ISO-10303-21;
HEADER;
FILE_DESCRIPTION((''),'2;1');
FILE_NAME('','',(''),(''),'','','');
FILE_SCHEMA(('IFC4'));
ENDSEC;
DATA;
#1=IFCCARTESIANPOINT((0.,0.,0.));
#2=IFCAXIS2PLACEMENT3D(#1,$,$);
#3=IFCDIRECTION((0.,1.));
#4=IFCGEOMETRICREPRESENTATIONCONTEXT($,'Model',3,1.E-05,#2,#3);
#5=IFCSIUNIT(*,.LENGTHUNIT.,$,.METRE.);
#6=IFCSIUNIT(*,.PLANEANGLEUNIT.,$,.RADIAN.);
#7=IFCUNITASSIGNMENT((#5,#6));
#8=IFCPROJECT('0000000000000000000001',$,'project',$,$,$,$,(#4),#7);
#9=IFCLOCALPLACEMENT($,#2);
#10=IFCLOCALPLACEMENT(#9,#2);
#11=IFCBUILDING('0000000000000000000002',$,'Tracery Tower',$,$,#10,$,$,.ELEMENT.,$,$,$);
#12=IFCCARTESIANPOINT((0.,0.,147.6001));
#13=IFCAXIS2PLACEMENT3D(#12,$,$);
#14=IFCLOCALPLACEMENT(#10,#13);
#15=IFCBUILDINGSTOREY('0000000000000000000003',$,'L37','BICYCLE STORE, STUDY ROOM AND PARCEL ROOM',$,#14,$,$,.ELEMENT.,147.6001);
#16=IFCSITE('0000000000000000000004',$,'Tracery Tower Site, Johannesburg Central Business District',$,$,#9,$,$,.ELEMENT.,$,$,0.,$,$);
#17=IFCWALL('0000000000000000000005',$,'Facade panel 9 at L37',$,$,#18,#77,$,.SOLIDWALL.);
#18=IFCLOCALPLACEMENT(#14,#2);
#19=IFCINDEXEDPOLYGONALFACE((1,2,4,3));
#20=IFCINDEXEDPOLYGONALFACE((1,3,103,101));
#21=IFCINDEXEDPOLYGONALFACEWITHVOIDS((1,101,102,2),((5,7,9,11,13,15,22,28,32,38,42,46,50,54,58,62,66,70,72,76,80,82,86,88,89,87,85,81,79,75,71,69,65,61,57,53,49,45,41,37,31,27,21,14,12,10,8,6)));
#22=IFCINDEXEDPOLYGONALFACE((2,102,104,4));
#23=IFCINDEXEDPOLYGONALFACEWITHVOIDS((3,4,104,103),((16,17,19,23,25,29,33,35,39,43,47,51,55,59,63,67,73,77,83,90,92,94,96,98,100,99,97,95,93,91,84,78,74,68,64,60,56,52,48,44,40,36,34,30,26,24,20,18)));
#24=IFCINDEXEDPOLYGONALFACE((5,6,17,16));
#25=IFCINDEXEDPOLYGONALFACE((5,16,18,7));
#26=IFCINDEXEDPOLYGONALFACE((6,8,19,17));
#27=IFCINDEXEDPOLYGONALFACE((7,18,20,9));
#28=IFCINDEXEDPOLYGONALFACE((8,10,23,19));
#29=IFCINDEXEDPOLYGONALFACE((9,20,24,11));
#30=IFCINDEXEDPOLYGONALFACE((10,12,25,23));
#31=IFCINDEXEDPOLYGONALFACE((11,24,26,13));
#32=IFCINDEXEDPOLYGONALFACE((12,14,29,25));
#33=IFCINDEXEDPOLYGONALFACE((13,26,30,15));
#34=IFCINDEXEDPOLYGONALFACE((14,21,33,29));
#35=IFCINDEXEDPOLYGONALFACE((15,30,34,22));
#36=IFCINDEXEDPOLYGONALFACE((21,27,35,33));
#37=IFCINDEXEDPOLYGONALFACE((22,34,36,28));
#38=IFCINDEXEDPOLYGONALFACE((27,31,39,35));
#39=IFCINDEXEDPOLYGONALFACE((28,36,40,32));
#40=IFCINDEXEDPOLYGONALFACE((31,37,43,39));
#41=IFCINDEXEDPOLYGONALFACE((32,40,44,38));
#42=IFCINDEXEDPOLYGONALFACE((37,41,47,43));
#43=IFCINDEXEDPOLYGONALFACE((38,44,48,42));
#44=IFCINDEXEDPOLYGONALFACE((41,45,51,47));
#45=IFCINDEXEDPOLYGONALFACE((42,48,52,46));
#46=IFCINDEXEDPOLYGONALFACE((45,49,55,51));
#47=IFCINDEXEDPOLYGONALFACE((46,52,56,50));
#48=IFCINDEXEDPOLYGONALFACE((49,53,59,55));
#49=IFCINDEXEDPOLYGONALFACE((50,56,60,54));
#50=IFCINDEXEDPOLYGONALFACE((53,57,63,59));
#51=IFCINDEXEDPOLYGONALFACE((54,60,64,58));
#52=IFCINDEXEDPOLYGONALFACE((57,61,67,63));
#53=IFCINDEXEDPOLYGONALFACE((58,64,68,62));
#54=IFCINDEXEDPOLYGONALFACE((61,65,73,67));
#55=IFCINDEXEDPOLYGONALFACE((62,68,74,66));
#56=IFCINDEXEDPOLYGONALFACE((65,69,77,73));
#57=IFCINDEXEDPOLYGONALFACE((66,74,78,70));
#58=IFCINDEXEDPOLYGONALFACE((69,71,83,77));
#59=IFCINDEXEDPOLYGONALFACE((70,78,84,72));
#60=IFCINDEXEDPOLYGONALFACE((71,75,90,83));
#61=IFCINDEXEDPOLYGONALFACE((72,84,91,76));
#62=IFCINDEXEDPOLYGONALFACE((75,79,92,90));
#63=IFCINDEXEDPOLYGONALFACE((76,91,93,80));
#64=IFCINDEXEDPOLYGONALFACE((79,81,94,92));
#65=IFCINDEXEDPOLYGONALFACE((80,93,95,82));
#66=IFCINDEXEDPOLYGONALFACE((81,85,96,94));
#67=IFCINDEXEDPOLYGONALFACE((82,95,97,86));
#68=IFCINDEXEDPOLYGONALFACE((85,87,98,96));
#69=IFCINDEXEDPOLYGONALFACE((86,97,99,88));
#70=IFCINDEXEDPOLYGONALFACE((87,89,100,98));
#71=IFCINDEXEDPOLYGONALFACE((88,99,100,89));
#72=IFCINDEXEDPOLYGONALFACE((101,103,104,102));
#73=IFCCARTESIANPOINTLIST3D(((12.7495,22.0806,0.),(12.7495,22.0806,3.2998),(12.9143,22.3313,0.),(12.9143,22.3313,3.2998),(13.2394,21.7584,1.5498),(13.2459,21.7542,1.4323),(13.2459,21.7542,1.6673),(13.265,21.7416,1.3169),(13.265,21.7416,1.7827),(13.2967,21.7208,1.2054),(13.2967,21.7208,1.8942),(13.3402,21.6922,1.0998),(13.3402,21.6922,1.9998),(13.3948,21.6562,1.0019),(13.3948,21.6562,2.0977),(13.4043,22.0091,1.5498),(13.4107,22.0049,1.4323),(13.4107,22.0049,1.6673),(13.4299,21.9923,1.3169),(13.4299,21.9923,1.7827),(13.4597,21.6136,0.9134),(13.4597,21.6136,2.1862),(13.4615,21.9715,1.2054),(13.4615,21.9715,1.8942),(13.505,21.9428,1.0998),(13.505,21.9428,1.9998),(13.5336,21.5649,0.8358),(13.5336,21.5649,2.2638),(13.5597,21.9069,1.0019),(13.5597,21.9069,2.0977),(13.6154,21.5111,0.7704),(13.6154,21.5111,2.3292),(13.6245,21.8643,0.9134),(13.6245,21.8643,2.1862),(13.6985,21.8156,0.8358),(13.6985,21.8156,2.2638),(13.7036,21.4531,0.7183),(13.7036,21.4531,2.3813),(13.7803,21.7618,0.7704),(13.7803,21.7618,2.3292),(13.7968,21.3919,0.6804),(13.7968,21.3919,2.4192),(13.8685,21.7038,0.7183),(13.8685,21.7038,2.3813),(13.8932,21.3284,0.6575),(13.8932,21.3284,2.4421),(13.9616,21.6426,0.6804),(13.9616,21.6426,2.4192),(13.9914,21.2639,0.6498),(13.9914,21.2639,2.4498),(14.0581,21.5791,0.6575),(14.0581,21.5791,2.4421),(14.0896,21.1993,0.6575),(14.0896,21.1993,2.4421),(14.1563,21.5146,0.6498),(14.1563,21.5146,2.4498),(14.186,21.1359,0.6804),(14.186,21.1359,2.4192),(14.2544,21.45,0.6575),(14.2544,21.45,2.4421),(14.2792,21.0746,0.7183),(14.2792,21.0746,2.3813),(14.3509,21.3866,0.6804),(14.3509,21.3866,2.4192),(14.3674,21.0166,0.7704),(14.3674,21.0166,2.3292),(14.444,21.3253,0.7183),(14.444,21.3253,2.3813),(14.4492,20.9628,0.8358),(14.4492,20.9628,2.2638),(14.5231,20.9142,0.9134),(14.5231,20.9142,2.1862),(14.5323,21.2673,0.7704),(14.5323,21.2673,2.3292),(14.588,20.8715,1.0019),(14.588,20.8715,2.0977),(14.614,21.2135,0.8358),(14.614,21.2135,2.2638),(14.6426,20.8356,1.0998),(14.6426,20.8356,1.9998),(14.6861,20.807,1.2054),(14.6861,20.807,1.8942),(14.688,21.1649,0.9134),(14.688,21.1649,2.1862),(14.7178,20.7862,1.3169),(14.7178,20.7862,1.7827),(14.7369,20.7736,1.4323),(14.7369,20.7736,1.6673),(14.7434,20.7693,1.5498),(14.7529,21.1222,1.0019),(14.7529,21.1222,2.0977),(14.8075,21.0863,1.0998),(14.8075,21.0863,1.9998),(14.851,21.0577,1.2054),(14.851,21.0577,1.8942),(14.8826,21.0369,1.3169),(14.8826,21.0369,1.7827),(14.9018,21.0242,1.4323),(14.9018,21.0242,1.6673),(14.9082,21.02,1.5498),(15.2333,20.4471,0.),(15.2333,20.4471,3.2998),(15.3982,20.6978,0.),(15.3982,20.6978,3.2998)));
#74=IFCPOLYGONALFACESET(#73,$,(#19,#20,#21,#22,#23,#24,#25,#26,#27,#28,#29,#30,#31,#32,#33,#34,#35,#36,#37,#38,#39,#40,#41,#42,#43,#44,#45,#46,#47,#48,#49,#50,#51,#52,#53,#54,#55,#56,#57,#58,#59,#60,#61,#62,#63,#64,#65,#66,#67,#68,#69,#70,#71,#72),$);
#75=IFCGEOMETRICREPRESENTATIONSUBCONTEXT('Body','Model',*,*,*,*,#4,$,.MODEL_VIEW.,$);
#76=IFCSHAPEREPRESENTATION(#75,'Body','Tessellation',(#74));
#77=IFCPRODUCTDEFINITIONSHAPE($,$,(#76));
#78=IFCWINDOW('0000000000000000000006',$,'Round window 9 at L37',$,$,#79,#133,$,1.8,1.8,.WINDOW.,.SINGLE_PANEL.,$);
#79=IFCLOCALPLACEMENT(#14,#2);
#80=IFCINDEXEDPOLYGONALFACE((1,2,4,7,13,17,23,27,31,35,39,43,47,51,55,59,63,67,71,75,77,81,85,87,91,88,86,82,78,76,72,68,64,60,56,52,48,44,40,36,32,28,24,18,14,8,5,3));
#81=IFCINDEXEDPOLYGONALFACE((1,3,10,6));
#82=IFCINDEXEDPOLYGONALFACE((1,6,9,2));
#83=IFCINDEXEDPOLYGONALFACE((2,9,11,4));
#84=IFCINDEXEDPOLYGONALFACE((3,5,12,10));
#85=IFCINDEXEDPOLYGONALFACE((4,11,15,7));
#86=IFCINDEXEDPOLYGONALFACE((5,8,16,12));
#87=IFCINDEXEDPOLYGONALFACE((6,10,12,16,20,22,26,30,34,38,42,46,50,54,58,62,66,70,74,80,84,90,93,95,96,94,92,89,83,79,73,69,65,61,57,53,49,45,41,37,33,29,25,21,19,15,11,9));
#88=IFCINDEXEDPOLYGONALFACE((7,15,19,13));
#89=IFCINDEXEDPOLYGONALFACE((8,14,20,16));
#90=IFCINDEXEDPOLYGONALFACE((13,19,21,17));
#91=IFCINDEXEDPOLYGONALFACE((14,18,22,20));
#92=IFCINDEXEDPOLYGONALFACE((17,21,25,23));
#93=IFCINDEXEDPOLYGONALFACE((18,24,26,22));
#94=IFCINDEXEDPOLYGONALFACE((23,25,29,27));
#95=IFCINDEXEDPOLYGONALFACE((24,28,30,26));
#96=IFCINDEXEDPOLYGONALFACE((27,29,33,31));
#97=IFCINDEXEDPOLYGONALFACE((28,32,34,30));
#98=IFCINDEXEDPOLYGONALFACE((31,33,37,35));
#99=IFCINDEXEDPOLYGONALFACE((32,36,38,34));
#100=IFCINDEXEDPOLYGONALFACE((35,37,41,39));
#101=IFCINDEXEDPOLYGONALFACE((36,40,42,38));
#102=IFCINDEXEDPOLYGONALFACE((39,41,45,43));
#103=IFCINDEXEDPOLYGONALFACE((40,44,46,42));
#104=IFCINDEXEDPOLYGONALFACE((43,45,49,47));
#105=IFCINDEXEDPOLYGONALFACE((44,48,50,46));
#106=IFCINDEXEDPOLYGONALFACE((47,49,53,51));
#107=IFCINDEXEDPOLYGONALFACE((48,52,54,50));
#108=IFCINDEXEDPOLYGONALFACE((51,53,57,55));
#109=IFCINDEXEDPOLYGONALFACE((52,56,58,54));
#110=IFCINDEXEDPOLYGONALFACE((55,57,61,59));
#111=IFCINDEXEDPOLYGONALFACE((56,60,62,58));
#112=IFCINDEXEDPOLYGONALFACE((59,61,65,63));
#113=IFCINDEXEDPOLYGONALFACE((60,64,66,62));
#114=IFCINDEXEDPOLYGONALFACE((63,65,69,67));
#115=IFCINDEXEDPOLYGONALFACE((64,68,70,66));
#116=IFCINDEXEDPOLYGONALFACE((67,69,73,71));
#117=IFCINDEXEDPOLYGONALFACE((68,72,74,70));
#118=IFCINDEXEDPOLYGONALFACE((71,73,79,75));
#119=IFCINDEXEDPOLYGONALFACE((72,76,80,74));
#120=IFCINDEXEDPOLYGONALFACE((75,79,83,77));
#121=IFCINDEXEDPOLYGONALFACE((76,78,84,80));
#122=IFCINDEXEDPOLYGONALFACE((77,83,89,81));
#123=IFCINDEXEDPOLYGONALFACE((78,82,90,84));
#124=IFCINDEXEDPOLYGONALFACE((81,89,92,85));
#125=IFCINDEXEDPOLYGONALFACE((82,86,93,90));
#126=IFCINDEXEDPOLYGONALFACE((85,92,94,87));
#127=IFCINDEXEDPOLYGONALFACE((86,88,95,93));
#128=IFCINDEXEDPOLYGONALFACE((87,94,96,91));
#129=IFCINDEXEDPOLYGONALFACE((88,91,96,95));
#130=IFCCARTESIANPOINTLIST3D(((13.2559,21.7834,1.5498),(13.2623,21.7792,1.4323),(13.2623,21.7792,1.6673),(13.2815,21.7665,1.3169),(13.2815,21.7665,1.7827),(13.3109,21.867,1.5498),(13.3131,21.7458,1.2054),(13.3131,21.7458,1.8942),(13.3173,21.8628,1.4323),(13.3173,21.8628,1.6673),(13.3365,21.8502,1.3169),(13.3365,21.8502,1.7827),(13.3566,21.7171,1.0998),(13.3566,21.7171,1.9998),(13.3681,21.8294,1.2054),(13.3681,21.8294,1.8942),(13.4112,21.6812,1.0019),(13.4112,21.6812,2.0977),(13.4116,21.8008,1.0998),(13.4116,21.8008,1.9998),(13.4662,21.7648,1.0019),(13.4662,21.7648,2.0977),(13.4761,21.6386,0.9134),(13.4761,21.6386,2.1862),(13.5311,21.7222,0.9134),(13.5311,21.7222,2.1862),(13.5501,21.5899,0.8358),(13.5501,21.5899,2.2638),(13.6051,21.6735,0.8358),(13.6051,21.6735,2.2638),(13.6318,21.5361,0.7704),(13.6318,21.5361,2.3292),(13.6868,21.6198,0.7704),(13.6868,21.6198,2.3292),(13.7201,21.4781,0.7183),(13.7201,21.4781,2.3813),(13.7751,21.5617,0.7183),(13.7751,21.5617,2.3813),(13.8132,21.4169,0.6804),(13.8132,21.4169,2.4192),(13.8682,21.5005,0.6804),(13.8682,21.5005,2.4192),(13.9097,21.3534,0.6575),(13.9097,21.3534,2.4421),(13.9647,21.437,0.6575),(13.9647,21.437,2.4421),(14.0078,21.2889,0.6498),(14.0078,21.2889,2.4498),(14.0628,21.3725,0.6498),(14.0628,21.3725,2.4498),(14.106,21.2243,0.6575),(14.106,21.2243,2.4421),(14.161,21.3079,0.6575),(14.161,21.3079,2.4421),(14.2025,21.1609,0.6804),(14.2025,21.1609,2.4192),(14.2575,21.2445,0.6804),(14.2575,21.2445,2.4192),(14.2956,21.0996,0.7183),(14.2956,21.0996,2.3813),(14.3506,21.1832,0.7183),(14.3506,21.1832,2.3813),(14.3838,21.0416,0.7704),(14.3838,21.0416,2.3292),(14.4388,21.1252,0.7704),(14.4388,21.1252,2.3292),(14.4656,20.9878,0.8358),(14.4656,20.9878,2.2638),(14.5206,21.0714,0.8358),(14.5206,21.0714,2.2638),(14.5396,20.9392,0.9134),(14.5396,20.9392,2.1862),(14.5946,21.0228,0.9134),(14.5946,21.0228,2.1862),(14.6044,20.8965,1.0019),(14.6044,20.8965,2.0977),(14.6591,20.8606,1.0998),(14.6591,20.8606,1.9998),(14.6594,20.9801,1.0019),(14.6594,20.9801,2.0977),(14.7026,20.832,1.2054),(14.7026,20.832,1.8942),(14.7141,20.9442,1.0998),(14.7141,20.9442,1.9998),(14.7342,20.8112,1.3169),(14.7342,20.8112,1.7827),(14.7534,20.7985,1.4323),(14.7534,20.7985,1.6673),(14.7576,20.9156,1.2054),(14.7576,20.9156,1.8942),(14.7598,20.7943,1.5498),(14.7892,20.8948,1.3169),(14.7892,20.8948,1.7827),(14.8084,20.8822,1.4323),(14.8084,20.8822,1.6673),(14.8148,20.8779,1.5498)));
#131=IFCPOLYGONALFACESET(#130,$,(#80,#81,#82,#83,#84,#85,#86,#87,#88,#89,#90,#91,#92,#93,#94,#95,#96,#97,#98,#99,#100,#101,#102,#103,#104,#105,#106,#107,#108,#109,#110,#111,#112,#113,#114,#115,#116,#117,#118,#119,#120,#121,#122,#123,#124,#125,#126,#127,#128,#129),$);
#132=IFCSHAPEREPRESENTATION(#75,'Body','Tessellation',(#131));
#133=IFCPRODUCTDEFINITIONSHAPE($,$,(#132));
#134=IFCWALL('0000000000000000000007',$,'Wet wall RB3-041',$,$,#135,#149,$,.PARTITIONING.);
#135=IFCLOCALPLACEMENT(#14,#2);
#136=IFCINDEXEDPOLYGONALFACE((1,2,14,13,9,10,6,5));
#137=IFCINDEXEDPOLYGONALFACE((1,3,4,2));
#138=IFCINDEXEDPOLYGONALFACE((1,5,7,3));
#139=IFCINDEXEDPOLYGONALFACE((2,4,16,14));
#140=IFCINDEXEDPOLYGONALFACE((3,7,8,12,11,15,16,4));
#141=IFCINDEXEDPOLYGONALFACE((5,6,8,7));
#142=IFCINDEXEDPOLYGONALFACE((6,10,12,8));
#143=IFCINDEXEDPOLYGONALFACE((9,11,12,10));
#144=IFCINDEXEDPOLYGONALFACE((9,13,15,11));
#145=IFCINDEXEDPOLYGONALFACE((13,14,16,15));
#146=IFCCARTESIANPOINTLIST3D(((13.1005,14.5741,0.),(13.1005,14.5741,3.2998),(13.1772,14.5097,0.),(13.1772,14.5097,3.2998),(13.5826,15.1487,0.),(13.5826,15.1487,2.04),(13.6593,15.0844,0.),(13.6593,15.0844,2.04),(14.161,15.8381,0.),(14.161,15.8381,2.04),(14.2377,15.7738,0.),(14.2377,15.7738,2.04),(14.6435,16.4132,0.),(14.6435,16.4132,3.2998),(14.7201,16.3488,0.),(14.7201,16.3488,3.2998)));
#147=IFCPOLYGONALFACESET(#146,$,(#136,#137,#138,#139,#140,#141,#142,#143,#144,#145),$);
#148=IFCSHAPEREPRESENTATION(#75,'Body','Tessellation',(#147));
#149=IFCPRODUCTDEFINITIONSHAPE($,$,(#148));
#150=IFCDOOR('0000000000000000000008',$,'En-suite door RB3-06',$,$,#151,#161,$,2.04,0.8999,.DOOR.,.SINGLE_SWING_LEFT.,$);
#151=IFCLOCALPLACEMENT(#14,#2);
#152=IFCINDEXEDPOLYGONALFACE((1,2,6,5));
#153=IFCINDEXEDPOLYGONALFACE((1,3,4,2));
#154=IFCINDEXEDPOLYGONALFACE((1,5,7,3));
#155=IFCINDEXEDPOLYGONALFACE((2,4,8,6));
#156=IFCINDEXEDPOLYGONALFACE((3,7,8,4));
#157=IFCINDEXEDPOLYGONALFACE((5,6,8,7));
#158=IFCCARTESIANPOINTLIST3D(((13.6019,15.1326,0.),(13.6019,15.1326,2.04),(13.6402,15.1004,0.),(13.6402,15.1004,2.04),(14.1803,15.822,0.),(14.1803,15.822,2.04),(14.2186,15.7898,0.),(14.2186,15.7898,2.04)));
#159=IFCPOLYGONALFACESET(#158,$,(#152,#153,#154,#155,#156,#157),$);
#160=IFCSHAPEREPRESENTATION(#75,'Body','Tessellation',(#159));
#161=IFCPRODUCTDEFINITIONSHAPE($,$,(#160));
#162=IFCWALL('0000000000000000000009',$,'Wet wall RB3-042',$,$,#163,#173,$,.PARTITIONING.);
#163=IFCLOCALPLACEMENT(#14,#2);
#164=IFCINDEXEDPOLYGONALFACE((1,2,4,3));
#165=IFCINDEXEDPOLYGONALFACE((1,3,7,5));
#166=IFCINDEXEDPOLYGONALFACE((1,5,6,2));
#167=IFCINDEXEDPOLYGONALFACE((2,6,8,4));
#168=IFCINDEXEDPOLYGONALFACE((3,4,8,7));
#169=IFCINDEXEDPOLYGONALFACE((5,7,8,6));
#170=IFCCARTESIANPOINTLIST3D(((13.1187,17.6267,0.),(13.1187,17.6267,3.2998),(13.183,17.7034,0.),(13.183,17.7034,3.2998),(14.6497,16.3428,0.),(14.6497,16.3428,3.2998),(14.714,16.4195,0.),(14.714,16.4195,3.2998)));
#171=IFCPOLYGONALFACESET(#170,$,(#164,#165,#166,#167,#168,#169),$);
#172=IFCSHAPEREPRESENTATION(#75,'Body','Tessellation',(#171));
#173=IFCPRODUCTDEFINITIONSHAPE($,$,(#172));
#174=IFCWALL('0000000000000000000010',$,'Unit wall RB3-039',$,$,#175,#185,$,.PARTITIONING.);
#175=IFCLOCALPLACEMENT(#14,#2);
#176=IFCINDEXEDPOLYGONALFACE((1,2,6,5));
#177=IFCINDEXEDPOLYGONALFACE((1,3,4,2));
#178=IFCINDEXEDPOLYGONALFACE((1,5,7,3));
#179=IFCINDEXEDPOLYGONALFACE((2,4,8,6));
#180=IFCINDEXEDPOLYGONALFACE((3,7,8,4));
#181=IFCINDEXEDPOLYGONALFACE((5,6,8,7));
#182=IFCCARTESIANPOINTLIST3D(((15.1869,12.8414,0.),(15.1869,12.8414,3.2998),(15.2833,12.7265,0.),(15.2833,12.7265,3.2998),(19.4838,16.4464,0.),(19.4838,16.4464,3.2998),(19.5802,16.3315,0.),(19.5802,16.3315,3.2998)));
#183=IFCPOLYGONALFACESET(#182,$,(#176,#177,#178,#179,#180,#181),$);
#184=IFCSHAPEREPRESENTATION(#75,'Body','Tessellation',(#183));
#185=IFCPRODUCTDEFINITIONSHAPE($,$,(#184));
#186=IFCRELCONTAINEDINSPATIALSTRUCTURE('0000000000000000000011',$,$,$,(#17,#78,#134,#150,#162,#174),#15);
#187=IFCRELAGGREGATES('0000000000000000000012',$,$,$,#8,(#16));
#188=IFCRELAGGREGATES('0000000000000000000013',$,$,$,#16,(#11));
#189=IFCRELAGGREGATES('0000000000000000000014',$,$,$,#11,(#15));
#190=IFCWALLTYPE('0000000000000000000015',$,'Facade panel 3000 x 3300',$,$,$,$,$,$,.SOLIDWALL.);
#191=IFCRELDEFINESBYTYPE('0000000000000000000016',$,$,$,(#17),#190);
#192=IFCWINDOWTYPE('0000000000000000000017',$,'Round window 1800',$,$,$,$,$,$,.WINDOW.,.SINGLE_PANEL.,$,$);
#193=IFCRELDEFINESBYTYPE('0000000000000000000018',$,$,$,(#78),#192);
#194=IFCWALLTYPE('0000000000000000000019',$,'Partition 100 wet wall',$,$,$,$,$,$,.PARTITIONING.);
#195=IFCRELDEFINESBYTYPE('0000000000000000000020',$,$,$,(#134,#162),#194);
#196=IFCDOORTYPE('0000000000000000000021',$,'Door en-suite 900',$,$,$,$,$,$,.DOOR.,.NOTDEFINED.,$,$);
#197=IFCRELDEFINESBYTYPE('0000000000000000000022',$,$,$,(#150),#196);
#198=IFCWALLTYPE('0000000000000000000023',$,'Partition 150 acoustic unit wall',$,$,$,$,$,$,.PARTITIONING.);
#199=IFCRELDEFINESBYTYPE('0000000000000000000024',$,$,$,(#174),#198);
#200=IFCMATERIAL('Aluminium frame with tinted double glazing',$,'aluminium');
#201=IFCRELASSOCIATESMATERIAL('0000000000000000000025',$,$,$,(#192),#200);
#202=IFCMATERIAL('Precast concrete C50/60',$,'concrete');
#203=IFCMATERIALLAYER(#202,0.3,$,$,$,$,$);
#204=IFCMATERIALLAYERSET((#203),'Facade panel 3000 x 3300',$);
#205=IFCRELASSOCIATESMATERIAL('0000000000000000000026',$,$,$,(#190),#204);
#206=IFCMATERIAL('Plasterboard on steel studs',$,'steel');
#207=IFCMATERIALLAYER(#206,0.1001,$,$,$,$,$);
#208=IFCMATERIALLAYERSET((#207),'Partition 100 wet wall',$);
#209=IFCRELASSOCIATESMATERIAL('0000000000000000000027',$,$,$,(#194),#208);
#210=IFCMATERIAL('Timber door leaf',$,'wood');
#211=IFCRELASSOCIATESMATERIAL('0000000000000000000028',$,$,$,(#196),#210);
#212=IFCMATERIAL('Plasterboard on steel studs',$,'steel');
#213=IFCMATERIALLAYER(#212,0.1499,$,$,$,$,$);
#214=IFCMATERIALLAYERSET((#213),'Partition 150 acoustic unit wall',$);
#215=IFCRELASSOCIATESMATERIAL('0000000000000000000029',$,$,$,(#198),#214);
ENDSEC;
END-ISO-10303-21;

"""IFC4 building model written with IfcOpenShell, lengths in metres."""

from ifc_helpers import new_model, si_unit, direction, frame, frame_2d, origin, origin_2d, place, context, subcontext, project, spatial, rectangle, circle, extrude, material, layer, layer_set, type_object, element, fill, save


model = new_model("IFC4")

# Units and contexts
model_context = context("Model", 3, precision=1e-05, world=origin(), true_north=direction((0.0, 1.0)))
body_context = subcontext(model_context, "Body", "Model", "MODEL_VIEW")
ifc_project = project(units=[si_unit("LENGTHUNIT", "METRE"), si_unit("PLANEANGLEUNIT", "RADIAN")], contexts=[model_context])

# Site, building, storey
site_placement = place(None, origin())
site = spatial("IfcSite", under=ifc_project, at=site_placement, Name="Tracery Tower Site, Johannesburg Central Business District", CompositionType="ELEMENT", RefElevation=0.0)
building_placement = place(site_placement, origin())
building = spatial("IfcBuilding", under=site, at=building_placement, Name="Tracery Tower", CompositionType="ELEMENT")
storey_placement = place(building_placement, frame((0.0, 0.0, 147.6001)))
storey = spatial("IfcBuildingStorey", under=building, at=storey_placement, Name="L37", Description="BICYCLE STORE, STUDY ROOM AND PARCEL ROOM", CompositionType="ELEMENT", Elevation=147.6001)

# Wall, opening, window
ifc_material_1 = material(Name="Aluminium frame with tinted double glazing", Category="aluminium")
window_type = type_object("IfcWindowType", Name="Round window 1800", PartitioningType="SINGLE_PANEL", PredefinedType="WINDOW", material=ifc_material_1)
ifc_material_2 = material(Name="Precast concrete C50/60", Category="concrete")
ifc_layer_1 = layer(ifc_material_2, 0.3)
ifc_layer_set_1 = layer_set([ifc_layer_1], Name="Facade panel 3000 x 3300")
wall_type_1 = type_object("IfcWallType", Name="Facade panel 3000 x 3300", PredefinedType="SOLIDWALL", material=ifc_layer_set_1)
wall_1_placement = place(storey_placement, frame((15.3157, 20.5725, 0.0), z_axis=(0.0, 0.0, 1.0), x_axis=(-0.835508, 0.549478, 0.0)))
wall_1 = element("IfcWall", 1, at=wall_1_placement, inside=storey, type_object=wall_type_1, Name="Facade panel 9 at L37", PredefinedType="SOLIDWALL", context=body_context, shape_type="SweptSolid", body=[
    extrude(rectangle(XDim=2.9729, YDim=0.3, at=frame_2d((1.4863, 0.0))), origin(), (0.0, 0.0, 1.0), 3.2998),
])
opening_1_placement = place(wall_1_placement, frame((1.4863, 0.0, 1.5498)))
opening_1 = element("IfcOpeningElement", 2, at=opening_1_placement, cuts=wall_1, PredefinedType="OPENING", context=body_context, shape_type="SweptSolid", body=[
    extrude(circle(Radius=0.9, at=origin_2d()), frame((0.0, 0.1599, 0.0), z_axis=(0.0, -1.0, 0.0), x_axis=(1.0, 0.0, 0.0)), (0.0, 0.0, 1.0), 0.3201),
])
window_1_placement = place(opening_1_placement, origin())
window_1 = element("IfcWindow", 3, at=window_1_placement, inside=storey, type_object=window_type, Name="Round window 9 at L37", OverallHeight=1.8, OverallWidth=1.8, PartitioningType="SINGLE_PANEL", PredefinedType="WINDOW", context=body_context, shape_type="SweptSolid", body=[
    extrude(circle(Radius=0.9, at=origin_2d()), frame((0.0, 0.1201, 0.0), z_axis=(0.0, -1.0, 0.0), x_axis=(1.0, 0.0, 0.0)), (0.0, 0.0, 1.0), 0.1001),
])
fill(opening_1, window_1)

# Wall, opening, door
ifc_material_3 = material(Name="Plasterboard on steel studs", Category="steel")
ifc_layer_2 = layer(ifc_material_3, 0.1001)
ifc_layer_set_2 = layer_set([ifc_layer_2], Name="Partition 100 wet wall")
wall_type_2 = type_object("IfcWallType", Name="Partition 100 wet wall", PredefinedType="PARTITIONING", material=ifc_layer_set_2)
wall_2_placement = place(storey_placement, frame((13.1389, 14.542, 0.0), z_axis=(0.0, 0.0, 1.0), x_axis=(0.642732, 0.766091, 0.0)))
wall_2 = element("IfcWall", 4, at=wall_2_placement, inside=storey, type_object=wall_type_2, Name="Wet wall RB3-041", PredefinedType="PARTITIONING", context=body_context, shape_type="SweptSolid", body=[
    extrude(rectangle(XDim=2.4006, YDim=0.1001, at=frame_2d((1.2002, 0.0))), origin(), (0.0, 0.0, 1.0), 3.2998),
])
opening_2_placement = place(wall_2_placement, frame((0.75, 0.0, 0.0)))
opening_2 = element("IfcOpeningElement", 5, at=opening_2_placement, cuts=wall_2, PredefinedType="OPENING", context=body_context, shape_type="SweptSolid", body=[
    extrude(rectangle(XDim=0.8999, YDim=2.04, at=frame_2d((0.45, 1.02))), frame((0.0, 0.05, 0.0), z_axis=(0.0, -1.0, 0.0), x_axis=(1.0, 0.0, 0.0)), (0.0, 0.0, 1.0), 0.1001),
])
ifc_material_4 = material(Name="Timber door leaf", Category="wood")
door_type_1 = type_object("IfcDoorType", Name="Door en-suite 900", OperationType="NOTDEFINED", PredefinedType="DOOR", material=ifc_material_4)
door_1_placement = place(opening_2_placement, origin())
door_1 = element("IfcDoor", 6, at=door_1_placement, inside=storey, type_object=door_type_1, Name="En-suite door RB3-06", OperationType="SINGLE_SWING_LEFT", OverallHeight=2.04, OverallWidth=0.8999, PredefinedType="DOOR", context=body_context, shape_type="SweptSolid", body=[
    extrude(rectangle(XDim=0.8999, YDim=2.04, at=frame_2d((0.45, 1.02))), frame((0.0, 0.0249, 0.0), z_axis=(0.0, -1.0, 0.0), x_axis=(1.0, 0.0, 0.0)), (0.0, 0.0, 1.0), 0.05),
])
fill(opening_2, door_1)

# Walls
wall_3_placement = place(storey_placement, frame((13.1509, 17.665, 0.0), z_axis=(0.0, 0.0, 1.0), x_axis=(0.766225, -0.642573, 0.0)))
element("IfcWall", 7, at=wall_3_placement, inside=storey, type_object=wall_type_2, Name="Wet wall RB3-042", PredefinedType="PARTITIONING", context=body_context, shape_type="SweptSolid", body=[
    extrude(rectangle(XDim=1.998, YDim=0.1001, at=frame_2d((0.999, 0.0))), origin(), (0.0, 0.0, 1.0), 3.2998),
])
ifc_material_5 = material(Name="Plasterboard on steel studs", Category="steel")
ifc_layer_3 = layer(ifc_material_5, 0.1499)
ifc_layer_set_3 = layer_set([ifc_layer_3], Name="Partition 150 acoustic unit wall")
wall_type_3 = type_object("IfcWallType", Name="Partition 150 acoustic unit wall", PredefinedType="PARTITIONING", material=ifc_layer_set_3)
wall_4_placement = place(storey_placement, frame((15.2351, 12.7839, 0.0), z_axis=(0.0, 0.0, 1.0), x_axis=(0.766091, 0.642733, 0.0)))
element("IfcWall", 8, at=wall_4_placement, inside=storey, type_object=wall_type_3, Name="Unit wall RB3-039", PredefinedType="PARTITIONING", context=body_context, shape_type="SweptSolid", body=[
    extrude(rectangle(XDim=5.6089, YDim=0.1499, at=frame_2d((2.8044, 0.0))), origin(), (0.0, 0.0, 1.0), 3.2998),
])

save(model, "model.ifc")
